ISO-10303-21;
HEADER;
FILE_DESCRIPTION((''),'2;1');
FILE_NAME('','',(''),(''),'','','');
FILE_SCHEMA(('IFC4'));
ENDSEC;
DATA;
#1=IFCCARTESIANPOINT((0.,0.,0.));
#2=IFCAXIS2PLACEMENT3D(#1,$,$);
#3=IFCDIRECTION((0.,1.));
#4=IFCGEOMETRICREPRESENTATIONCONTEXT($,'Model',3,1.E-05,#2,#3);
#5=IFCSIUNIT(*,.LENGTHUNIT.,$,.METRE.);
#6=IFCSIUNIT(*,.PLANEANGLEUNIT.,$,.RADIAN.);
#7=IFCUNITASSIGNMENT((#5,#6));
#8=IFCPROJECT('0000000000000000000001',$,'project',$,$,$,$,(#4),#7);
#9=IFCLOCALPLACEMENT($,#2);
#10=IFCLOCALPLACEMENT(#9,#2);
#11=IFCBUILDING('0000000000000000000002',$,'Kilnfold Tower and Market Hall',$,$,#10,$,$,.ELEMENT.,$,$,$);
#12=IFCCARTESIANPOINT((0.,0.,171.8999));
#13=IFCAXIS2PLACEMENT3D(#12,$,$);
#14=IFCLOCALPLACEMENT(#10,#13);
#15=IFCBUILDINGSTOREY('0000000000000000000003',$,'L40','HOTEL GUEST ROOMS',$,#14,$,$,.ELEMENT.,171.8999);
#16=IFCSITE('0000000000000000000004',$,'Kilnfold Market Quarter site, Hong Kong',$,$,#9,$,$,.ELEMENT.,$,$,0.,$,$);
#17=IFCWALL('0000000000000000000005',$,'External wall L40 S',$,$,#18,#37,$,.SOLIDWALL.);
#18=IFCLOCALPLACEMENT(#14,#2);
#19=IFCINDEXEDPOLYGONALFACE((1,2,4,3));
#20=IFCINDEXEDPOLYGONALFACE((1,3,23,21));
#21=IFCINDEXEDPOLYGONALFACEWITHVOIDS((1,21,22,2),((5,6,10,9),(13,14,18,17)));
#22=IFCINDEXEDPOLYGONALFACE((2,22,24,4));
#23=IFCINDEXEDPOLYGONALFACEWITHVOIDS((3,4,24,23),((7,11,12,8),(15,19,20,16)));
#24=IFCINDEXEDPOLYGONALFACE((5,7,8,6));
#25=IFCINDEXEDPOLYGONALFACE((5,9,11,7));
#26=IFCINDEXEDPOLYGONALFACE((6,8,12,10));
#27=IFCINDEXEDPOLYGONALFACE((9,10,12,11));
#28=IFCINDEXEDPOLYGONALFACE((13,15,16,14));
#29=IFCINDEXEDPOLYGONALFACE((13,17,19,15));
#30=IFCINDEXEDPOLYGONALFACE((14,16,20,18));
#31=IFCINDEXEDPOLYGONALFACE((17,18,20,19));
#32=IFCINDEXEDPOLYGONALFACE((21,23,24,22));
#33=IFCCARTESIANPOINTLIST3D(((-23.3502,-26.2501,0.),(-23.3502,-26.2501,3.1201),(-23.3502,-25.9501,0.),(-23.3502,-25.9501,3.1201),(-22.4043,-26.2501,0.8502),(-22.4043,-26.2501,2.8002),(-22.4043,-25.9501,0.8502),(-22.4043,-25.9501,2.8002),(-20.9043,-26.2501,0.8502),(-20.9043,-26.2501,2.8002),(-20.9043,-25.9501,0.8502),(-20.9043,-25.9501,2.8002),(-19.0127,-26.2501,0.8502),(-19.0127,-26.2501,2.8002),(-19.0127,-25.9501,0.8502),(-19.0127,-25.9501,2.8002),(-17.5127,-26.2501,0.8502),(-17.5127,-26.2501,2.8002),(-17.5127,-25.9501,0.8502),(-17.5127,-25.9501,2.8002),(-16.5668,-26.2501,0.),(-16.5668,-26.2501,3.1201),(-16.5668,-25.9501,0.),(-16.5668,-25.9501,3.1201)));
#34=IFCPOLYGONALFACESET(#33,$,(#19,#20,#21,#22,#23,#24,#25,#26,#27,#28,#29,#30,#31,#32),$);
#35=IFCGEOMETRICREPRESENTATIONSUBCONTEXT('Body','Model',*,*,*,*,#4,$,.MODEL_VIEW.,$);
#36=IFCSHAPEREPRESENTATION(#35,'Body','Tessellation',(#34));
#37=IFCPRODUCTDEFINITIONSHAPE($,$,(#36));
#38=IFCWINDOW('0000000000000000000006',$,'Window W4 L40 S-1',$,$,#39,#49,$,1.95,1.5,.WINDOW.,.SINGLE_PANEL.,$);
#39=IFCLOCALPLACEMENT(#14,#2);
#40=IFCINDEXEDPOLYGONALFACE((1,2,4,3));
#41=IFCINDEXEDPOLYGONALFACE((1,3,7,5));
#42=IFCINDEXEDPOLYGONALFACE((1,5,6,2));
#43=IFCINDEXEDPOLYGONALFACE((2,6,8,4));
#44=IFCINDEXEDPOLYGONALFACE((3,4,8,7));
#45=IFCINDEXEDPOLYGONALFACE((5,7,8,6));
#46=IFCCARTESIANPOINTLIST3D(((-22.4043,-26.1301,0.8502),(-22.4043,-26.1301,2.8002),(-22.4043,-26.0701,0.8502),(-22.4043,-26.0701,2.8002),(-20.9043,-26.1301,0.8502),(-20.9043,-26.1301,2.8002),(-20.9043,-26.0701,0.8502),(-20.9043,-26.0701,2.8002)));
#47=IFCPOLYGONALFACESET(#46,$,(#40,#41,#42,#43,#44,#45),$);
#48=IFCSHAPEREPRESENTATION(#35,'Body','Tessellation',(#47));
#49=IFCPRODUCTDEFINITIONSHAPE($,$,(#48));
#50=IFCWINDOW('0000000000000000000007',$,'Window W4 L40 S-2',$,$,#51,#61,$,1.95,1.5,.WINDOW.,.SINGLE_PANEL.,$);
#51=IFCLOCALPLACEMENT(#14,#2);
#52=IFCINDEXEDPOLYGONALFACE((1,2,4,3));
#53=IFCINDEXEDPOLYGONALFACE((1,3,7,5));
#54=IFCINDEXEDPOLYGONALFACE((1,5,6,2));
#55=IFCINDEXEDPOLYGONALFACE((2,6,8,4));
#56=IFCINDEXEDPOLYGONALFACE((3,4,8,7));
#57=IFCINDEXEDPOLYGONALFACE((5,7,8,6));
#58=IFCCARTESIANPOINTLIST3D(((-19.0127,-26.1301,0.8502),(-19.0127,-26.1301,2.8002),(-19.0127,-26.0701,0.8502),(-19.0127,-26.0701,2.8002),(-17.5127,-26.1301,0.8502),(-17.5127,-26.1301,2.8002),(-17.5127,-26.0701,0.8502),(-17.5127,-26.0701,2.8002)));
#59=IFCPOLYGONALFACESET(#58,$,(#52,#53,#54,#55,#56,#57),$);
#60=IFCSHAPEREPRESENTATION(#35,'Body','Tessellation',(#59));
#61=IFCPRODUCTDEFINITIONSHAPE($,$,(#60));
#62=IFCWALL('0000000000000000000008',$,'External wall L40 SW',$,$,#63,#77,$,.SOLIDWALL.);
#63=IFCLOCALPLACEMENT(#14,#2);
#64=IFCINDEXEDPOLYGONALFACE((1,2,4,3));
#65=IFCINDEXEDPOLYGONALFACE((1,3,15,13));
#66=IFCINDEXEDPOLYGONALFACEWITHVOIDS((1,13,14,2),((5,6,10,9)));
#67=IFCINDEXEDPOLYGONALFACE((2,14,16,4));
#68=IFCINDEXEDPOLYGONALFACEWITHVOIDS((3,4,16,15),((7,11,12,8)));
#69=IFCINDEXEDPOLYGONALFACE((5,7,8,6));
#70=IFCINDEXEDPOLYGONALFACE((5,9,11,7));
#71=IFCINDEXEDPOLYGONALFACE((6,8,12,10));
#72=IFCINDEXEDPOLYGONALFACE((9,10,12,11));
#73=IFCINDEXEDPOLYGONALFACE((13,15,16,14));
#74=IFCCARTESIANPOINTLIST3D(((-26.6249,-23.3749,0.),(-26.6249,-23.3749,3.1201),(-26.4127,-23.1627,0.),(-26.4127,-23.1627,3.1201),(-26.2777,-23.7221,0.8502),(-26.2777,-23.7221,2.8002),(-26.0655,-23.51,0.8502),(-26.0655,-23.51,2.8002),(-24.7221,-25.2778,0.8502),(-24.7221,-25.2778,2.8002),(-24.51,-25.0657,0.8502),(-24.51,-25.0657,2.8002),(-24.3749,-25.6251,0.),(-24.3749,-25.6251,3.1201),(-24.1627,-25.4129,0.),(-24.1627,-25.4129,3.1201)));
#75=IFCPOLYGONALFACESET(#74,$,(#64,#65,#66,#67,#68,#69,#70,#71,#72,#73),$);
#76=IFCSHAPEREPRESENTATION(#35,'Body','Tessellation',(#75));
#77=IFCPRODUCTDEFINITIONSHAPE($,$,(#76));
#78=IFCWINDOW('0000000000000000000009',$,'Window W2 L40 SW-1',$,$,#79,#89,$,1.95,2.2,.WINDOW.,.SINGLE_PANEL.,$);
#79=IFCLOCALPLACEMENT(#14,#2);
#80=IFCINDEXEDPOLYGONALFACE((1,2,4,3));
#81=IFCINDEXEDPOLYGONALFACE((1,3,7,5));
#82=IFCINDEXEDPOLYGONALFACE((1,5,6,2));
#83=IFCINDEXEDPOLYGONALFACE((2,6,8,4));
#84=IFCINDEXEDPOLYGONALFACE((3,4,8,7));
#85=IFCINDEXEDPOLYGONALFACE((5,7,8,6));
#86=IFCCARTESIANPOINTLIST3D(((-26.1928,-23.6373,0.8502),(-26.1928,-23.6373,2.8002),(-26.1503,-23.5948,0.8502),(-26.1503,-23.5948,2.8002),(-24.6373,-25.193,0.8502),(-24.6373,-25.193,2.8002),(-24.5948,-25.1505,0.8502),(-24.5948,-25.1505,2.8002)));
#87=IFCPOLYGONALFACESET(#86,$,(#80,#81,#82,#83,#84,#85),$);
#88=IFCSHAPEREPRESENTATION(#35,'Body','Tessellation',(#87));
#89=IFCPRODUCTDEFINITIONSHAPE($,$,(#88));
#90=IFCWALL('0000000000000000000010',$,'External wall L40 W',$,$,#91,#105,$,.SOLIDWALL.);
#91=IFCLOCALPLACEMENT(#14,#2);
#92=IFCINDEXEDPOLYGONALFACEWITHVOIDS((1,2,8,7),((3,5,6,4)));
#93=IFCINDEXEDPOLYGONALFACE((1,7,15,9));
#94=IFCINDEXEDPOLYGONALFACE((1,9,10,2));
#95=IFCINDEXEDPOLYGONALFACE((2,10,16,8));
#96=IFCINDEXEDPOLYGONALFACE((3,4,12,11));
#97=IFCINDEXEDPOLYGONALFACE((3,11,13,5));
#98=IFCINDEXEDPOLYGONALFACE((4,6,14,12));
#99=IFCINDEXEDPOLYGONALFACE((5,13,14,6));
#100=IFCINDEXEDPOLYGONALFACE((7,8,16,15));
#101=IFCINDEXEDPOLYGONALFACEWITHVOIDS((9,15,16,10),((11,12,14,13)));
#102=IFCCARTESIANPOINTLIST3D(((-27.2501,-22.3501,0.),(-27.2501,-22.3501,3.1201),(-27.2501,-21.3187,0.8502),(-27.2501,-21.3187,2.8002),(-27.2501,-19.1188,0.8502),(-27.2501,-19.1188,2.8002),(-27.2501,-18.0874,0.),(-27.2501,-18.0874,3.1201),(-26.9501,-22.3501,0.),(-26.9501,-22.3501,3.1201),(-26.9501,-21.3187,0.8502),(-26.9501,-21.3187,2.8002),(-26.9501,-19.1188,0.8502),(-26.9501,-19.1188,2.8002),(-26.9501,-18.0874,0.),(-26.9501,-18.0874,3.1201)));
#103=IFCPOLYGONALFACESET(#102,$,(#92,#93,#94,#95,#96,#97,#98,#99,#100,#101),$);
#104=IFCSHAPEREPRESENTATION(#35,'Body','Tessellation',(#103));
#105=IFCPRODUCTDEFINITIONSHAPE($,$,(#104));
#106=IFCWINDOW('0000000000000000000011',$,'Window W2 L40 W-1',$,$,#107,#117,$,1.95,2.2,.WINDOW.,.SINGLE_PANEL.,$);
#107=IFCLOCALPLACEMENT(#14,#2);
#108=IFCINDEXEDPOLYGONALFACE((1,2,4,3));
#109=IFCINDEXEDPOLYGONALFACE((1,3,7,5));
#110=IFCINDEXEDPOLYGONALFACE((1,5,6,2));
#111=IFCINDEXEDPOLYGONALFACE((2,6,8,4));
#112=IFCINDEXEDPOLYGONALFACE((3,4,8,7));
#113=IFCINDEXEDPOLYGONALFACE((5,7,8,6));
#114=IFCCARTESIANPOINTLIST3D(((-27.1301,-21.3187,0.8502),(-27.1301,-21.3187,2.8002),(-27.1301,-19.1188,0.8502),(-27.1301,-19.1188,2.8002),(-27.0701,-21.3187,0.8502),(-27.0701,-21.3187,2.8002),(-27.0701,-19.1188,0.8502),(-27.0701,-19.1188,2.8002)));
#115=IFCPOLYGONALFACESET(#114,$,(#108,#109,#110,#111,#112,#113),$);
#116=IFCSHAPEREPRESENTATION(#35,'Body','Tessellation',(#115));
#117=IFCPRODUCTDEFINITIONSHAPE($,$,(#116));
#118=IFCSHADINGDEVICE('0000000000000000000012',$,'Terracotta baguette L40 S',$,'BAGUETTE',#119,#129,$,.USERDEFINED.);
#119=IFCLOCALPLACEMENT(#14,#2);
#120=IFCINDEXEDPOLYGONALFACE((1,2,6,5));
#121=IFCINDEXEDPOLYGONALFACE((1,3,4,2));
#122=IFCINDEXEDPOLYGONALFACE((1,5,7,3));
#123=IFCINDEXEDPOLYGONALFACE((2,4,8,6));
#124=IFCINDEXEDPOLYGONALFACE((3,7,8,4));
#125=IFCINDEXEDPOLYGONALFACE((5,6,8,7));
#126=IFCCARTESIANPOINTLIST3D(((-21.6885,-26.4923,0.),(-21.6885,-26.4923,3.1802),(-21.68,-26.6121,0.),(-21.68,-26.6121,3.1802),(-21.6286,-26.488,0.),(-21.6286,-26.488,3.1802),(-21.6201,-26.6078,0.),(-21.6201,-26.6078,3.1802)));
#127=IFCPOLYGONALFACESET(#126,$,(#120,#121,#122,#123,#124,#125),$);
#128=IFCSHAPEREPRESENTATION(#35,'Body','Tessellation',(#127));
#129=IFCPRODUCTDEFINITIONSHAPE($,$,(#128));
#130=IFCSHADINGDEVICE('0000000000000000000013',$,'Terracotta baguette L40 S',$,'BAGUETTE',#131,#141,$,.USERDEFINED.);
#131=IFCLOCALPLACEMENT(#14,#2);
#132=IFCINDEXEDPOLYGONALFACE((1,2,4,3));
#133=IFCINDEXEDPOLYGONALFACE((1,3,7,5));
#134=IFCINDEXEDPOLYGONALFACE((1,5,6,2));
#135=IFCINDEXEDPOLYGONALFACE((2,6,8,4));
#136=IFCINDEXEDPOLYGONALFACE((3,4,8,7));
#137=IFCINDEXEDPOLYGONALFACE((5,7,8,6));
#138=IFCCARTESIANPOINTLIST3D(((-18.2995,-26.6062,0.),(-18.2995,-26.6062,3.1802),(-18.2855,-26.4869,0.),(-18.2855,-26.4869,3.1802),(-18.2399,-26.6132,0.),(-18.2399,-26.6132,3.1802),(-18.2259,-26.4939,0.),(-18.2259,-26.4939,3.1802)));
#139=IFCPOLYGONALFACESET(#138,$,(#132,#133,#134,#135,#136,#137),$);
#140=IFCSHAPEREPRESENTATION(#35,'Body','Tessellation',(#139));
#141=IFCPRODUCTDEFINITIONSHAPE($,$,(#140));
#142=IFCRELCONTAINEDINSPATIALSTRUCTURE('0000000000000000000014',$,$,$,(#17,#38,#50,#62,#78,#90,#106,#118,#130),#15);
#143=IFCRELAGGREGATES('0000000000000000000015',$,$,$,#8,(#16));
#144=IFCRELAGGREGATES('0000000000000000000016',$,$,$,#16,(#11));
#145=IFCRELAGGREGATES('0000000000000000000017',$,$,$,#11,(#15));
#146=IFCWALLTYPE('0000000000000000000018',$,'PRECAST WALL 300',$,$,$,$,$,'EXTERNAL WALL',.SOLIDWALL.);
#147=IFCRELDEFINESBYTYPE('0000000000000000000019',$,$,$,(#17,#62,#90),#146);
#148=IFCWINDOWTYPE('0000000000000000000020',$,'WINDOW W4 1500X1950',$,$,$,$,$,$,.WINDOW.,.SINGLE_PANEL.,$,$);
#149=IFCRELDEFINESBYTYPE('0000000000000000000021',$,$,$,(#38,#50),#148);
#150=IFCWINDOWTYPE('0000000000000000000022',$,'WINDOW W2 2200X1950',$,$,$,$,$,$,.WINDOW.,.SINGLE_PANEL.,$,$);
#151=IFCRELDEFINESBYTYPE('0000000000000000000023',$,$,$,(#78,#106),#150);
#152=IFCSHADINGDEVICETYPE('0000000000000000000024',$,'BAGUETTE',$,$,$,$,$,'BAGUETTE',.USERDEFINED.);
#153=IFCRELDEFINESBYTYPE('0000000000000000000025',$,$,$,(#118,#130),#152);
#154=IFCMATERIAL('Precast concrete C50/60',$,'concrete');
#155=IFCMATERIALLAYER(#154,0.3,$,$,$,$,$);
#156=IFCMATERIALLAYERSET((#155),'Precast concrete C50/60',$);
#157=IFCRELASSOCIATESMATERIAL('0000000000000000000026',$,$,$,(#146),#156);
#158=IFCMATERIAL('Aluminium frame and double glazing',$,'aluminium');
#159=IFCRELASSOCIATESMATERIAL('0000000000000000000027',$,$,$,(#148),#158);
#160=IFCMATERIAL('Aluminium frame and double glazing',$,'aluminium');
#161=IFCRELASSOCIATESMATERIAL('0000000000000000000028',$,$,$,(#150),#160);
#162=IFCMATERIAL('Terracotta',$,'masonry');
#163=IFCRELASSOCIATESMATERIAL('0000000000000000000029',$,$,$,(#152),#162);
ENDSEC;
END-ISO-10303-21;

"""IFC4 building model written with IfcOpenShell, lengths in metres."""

from ifc_helpers import new_model, si_unit, direction, frame, frame_2d, origin, origin_2d, place, context, subcontext, project, spatial, rectangle, extrude, source, transform, mapped, material, layer, layer_set, material_profile, profile_set, type_object, element, fill, save


model = new_model("IFC4")

# Units and contexts
model_context = context("Model", 3, precision=1e-05, world=origin(), true_north=direction((0.0, 1.0)))
body_context = subcontext(model_context, "Body", "Model", "MODEL_VIEW")
ifc_project = project(units=[si_unit("LENGTHUNIT", "METRE"), si_unit("PLANEANGLEUNIT", "RADIAN")], contexts=[model_context])

# Site, building, storey
site_placement = place(None, origin())
site = spatial("IfcSite", under=ifc_project, at=site_placement, Name="Kilnfold Market Quarter site, Hong Kong", CompositionType="ELEMENT", RefElevation=0.0)
building_placement = place(site_placement, origin())
building = spatial("IfcBuilding", under=site, at=building_placement, Name="Kilnfold Tower and Market Hall", CompositionType="ELEMENT")
storey_placement = place(building_placement, frame((0.0, 0.0, 171.8999)))
storey = spatial("IfcBuildingStorey", under=building, at=storey_placement, Name="L40", Description="HOTEL GUEST ROOMS", CompositionType="ELEMENT", Elevation=171.8999)

# Wall, openings, windows
ifc_material_1 = material(Name="Precast concrete C50/60", Category="concrete")
ifc_layer_1 = layer(ifc_material_1, 0.3)
ifc_layer_set_1 = layer_set([ifc_layer_1], Name="Precast concrete C50/60")
wall_type_1 = type_object("IfcWallType", Name="PRECAST WALL 300", ElementType="EXTERNAL WALL", PredefinedType="SOLIDWALL", material=ifc_layer_set_1)
shared_shape_1 = source(origin(), body_context, "Body", "SweptSolid", [
    extrude(rectangle(XDim=6.7834, YDim=0.3, at=frame_2d((3.3916, 0.0))), origin(), (0.0, 0.0, 1.0), 3.1201),
])
wall_1_placement = place(storey_placement, frame((-23.3501, -26.1001, 0.0), z_axis=(0.0, 0.0, 1.0), x_axis=(1.0, 0.0, 0.0)))
wall_1 = element("IfcWall", 1, at=wall_1_placement, inside=storey, type_object=wall_type_1, Name="External wall L40 S", PredefinedType="SOLIDWALL", context=body_context, shape_type="MappedRepresentation", body=[
    mapped(shared_shape_1, transform((0.0, 0.0, 0.0))),
])
opening_1_placement = place(wall_1_placement, frame((0.9458, 0.0, 0.8501)))
opening_1 = element("IfcOpeningElement", 2, at=opening_1_placement, cuts=wall_1, PredefinedType="OPENING", context=body_context, shape_type="SweptSolid", body=[
    extrude(rectangle(XDim=1.5, YDim=1.95, at=frame_2d((0.75, 0.9751))), frame((0.0, 0.1602, 0.0), z_axis=(0.0, -1.0, 0.0), x_axis=(1.0, 0.0, 0.0)), (0.0, 0.0, 1.0), 0.3201),
])
opening_2_placement = place(wall_1_placement, frame((4.3374, 0.0, 0.8501)))
opening_2 = element("IfcOpeningElement", 3, at=opening_2_placement, cuts=wall_1, PredefinedType="OPENING", context=body_context, shape_type="SweptSolid", body=[
    extrude(rectangle(XDim=1.5, YDim=1.95, at=frame_2d((0.75, 0.9751))), frame((0.0, 0.1602, 0.0), z_axis=(0.0, -1.0, 0.0), x_axis=(1.0, 0.0, 0.0)), (0.0, 0.0, 1.0), 0.3201),
])
ifc_material_2 = material(Name="Aluminium frame and double glazing", Category="aluminium")
window_type_1 = type_object("IfcWindowType", Name="WINDOW W4 1500X1950", PartitioningType="SINGLE_PANEL", PredefinedType="WINDOW", material=ifc_material_2)
window_1_placement = place(opening_1_placement, origin())
window_1 = element("IfcWindow", 4, at=window_1_placement, inside=storey, type_object=window_type_1, Name="Window W4 L40 S-1", OverallHeight=1.95, OverallWidth=1.5, PartitioningType="SINGLE_PANEL", PredefinedType="WINDOW", context=body_context, shape_type="SweptSolid", body=[
    extrude(rectangle(XDim=1.5, YDim=1.95, at=frame_2d((0.75, 0.9751))), frame((0.0, 0.03, 0.0), z_axis=(0.0, -1.0, 0.0), x_axis=(1.0, 0.0, 0.0)), (0.0, 0.0, 1.0), 0.0601),
])
fill(opening_1, window_1)
window_2_placement = place(opening_2_placement, origin())
window_2 = element("IfcWindow", 5, at=window_2_placement, inside=storey, type_object=window_type_1, Name="Window W4 L40 S-2", OverallHeight=1.95, OverallWidth=1.5, PartitioningType="SINGLE_PANEL", PredefinedType="WINDOW", context=body_context, shape_type="SweptSolid", body=[
    extrude(rectangle(XDim=1.5, YDim=1.95, at=frame_2d((0.75, 0.9751))), frame((0.0, 0.03, 0.0), z_axis=(0.0, -1.0, 0.0), x_axis=(1.0, 0.0, 0.0)), (0.0, 0.0, 1.0), 0.0601),
])
fill(opening_2, window_2)

# Walls, openings, windows
shared_shape_2 = source(origin(), body_context, "Body", "SweptSolid", [
    extrude(rectangle(XDim=3.1821, YDim=0.3, at=frame_2d((1.5911, 0.0))), origin(), (0.0, 0.0, 1.0), 3.1201),
])
wall_2_placement = place(storey_placement, frame((-26.5188, -23.2688, 0.0), z_axis=(0.0, 0.0, 1.0), x_axis=(0.707068, -0.707145, 0.0)))
wall_2 = element("IfcWall", 6, at=wall_2_placement, inside=storey, type_object=wall_type_1, Name="External wall L40 SW", PredefinedType="SOLIDWALL", context=body_context, shape_type="MappedRepresentation", body=[
    mapped(shared_shape_2, transform((0.0, 0.0, 0.0))),
])
opening_3_placement = place(wall_2_placement, frame((0.491, 0.0, 0.8501)))
opening_3 = element("IfcOpeningElement", 7, at=opening_3_placement, cuts=wall_2, PredefinedType="OPENING", context=body_context, shape_type="SweptSolid", body=[
    extrude(rectangle(XDim=2.2, YDim=1.95, at=frame_2d((1.1001, 0.9751))), frame((0.0, 0.1602, 0.0), z_axis=(0.0, -1.0, 0.0), x_axis=(1.0, 0.0, 0.0)), (0.0, 0.0, 1.0), 0.3201),
])
ifc_material_3 = material(Name="Aluminium frame and double glazing", Category="aluminium")
window_type_2 = type_object("IfcWindowType", Name="WINDOW W2 2200X1950", PartitioningType="SINGLE_PANEL", PredefinedType="WINDOW", material=ifc_material_3)
window_3_placement = place(opening_3_placement, origin())
window_3 = element("IfcWindow", 8, at=window_3_placement, inside=storey, type_object=window_type_2, Name="Window W2 L40 SW-1", OverallHeight=1.95, OverallWidth=2.2, PartitioningType="SINGLE_PANEL", PredefinedType="WINDOW", context=body_context, shape_type="SweptSolid", body=[
    extrude(rectangle(XDim=2.2, YDim=1.95, at=frame_2d((1.1001, 0.9751))), frame((0.0, 0.03, 0.0), z_axis=(0.0, -1.0, 0.0), x_axis=(1.0, 0.0, 0.0)), (0.0, 0.0, 1.0), 0.0601),
])
fill(opening_3, window_3)
shared_shape_3 = source(origin(), body_context, "Body", "SweptSolid", [
    extrude(rectangle(XDim=4.2627, YDim=0.3, at=frame_2d((2.1313, 0.0))), origin(), (0.0, 0.0, 1.0), 3.1201),
])
wall_3_placement = place(storey_placement, frame((-27.1001, -18.0874, 0.0), z_axis=(0.0, 0.0, 1.0), x_axis=(0.0, -1.0, 0.0)))
wall_3 = element("IfcWall", 9, at=wall_3_placement, inside=storey, type_object=wall_type_1, Name="External wall L40 W", PredefinedType="SOLIDWALL", context=body_context, shape_type="MappedRepresentation", body=[
    mapped(shared_shape_3, transform((0.0, 0.0, 0.0))),
])
opening_4_placement = place(wall_3_placement, frame((1.0312, 0.0, 0.8501)))
opening_4 = element("IfcOpeningElement", 10, at=opening_4_placement, cuts=wall_3, PredefinedType="OPENING", context=body_context, shape_type="SweptSolid", body=[
    extrude(rectangle(XDim=2.2, YDim=1.95, at=frame_2d((1.1001, 0.9751))), frame((0.0, 0.1602, 0.0), z_axis=(0.0, -1.0, 0.0), x_axis=(1.0, 0.0, 0.0)), (0.0, 0.0, 1.0), 0.3201),
])
window_4_placement = place(opening_4_placement, origin())
window_4 = element("IfcWindow", 11, at=window_4_placement, inside=storey, type_object=window_type_2, Name="Window W2 L40 W-1", OverallHeight=1.95, OverallWidth=2.2, PartitioningType="SINGLE_PANEL", PredefinedType="WINDOW", context=body_context, shape_type="SweptSolid", body=[
    extrude(rectangle(XDim=2.2, YDim=1.95, at=frame_2d((1.1001, 0.9751))), frame((0.0, 0.03, 0.0), z_axis=(0.0, -1.0, 0.0), x_axis=(1.0, 0.0, 0.0)), (0.0, 0.0, 1.0), 0.0601),
])
fill(opening_4, window_4)

# Shading devices
ifc_material_4 = material(Name="Terracotta", Category="masonry")
ifc_material_profile_1 = material_profile(ifc_material_4, rectangle(XDim=0.0601, YDim=0.1201, at=origin_2d()), Name="BAG 60x120")
ifc_profile_set_1 = profile_set([ifc_material_profile_1], Name="Terracotta")
shading_device_type = type_object("IfcShadingDeviceType", Name="BAGUETTE", ElementType="BAGUETTE", PredefinedType="USERDEFINED", material=ifc_profile_set_1)
shared_shape_4 = source(origin(), body_context, "Body", "SweptSolid", [
    extrude(rectangle(XDim=0.0601, YDim=0.1201, at=origin_2d()), origin(), (0.0, 0.0, 1.0), 3.1802),
])
for number, where, z_axis, x_axis, name in (
    (12, (-21.6543, -26.55, 0.0), (0.0, 0.0, 1.0), (0.997513, 0.070488, 0.0), "Terracotta baguette L40 S"),
    (13, (-18.2627, -26.55, 0.0), (0.0, 0.0, 1.0), (0.993172, -0.116655, 0.0), "Terracotta baguette L40 S"),
):
    element("IfcShadingDevice", number, at=place(storey_placement, frame(where, z_axis=z_axis, x_axis=x_axis)), inside=storey, type_object=shading_device_type, Name=name, ObjectType="BAGUETTE", PredefinedType="USERDEFINED", context=body_context, shape_type="MappedRepresentation", body=[
        mapped(shared_shape_4, transform((0.0, 0.0, 0.0))),
    ])

save(model, "model.ifc")
